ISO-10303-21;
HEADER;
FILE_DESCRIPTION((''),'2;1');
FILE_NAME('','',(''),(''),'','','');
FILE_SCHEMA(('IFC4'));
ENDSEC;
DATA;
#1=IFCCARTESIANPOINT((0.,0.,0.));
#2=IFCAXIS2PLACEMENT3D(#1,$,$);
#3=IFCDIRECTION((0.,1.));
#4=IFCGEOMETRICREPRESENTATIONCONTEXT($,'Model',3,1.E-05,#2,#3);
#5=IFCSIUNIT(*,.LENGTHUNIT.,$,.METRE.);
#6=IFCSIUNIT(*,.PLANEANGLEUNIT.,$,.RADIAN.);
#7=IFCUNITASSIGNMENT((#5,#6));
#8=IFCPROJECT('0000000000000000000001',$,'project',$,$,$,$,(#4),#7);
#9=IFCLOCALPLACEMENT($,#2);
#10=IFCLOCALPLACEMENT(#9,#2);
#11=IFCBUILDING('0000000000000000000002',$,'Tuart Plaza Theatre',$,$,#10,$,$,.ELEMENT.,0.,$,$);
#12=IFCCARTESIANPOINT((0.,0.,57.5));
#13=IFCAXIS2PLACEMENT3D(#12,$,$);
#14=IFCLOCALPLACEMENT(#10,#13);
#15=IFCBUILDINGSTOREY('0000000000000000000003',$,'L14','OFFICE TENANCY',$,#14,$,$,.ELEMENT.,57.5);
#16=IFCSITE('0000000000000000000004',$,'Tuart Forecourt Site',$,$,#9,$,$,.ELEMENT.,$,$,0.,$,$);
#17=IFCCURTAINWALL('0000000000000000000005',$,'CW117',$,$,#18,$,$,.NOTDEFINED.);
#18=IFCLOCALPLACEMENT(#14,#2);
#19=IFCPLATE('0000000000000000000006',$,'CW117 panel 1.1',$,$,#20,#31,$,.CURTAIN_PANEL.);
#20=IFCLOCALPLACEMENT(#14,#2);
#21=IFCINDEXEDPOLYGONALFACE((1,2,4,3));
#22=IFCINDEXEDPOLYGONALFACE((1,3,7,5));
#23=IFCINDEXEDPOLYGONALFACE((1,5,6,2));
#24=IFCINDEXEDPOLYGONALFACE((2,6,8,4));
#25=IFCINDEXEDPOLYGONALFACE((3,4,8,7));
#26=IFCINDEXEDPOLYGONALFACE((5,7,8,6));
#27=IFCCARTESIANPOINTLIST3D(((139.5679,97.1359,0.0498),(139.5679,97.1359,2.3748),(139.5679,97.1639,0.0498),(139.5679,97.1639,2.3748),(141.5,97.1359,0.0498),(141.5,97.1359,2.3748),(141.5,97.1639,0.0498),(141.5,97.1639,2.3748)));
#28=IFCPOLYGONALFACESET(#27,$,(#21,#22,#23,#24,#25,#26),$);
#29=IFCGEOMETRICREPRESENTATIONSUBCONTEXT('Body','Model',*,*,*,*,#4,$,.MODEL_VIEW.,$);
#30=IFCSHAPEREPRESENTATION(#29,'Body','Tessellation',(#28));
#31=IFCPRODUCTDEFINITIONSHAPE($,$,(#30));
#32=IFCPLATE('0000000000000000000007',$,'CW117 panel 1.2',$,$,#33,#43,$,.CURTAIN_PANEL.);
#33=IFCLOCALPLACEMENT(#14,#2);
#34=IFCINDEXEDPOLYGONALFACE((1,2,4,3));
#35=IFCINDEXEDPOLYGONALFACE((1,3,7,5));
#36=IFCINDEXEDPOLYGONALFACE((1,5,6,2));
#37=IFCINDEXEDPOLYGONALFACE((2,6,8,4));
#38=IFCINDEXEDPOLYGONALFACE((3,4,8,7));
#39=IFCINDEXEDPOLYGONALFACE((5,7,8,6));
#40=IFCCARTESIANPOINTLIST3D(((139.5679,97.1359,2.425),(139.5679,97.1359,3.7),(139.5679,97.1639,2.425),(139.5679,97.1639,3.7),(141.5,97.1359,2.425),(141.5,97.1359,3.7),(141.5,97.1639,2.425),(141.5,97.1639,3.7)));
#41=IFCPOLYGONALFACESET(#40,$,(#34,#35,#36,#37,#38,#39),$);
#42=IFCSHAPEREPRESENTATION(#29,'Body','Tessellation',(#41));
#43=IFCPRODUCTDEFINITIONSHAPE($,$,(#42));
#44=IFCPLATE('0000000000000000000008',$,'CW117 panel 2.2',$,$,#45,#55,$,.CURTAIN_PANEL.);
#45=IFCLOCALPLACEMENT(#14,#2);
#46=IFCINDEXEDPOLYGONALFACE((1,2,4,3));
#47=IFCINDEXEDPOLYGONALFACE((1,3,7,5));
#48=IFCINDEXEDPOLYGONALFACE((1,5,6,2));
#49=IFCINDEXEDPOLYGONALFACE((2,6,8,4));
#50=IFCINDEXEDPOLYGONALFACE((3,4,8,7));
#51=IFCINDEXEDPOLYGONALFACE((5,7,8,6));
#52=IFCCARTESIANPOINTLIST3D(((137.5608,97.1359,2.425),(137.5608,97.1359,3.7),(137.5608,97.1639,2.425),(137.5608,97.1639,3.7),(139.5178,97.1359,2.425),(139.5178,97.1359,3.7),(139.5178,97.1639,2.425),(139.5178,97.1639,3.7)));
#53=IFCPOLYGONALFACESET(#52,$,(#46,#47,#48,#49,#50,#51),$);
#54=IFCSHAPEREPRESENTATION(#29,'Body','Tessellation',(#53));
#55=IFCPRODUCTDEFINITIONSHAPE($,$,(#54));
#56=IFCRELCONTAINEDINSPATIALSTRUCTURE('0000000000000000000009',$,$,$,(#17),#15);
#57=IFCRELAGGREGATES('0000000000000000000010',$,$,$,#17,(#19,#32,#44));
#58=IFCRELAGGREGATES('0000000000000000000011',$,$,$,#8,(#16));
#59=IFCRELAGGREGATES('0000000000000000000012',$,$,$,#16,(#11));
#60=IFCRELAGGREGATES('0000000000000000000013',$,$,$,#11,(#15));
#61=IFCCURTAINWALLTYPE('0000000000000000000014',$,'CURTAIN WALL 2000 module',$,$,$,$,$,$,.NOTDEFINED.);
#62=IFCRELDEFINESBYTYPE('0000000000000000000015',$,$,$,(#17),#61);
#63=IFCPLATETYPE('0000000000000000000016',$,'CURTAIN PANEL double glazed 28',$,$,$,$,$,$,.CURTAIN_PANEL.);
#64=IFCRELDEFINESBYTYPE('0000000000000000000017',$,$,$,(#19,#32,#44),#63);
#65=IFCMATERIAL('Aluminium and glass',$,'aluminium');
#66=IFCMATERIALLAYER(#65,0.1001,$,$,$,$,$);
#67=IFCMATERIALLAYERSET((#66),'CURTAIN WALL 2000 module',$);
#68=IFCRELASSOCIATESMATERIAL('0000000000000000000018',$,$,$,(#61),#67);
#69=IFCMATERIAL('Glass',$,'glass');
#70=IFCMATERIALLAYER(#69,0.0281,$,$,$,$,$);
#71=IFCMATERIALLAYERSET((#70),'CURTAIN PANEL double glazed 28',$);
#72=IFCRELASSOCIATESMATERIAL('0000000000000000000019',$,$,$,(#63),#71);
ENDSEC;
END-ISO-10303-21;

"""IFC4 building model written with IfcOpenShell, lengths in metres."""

from ifc_helpers import new_model, si_unit, direction, frame, origin, origin_2d, place, context, subcontext, project, spatial, rectangle, extrude, material, layer, layer_set, type_object, element, aggregate, save


model = new_model("IFC4")

# Units and contexts
model_context = context("Model", 3, precision=1e-05, world=origin(), true_north=direction((0.0, 1.0)))
body_context = subcontext(model_context, "Body", "Model", "MODEL_VIEW")
ifc_project = project(units=[si_unit("LENGTHUNIT", "METRE"), si_unit("PLANEANGLEUNIT", "RADIAN")], contexts=[model_context])

# Site, building, storey
site_placement = place(None, origin())
site = spatial("IfcSite", under=ifc_project, at=site_placement, Name="Tuart Forecourt Site", CompositionType="ELEMENT", RefElevation=0.0)
building_placement = place(site_placement, origin())
building = spatial("IfcBuilding", under=site, at=building_placement, Name="Tuart Plaza Theatre", CompositionType="ELEMENT", ElevationOfRefHeight=0.0)
storey_placement = place(building_placement, frame((0.0, 0.0, 57.5)))
storey = spatial("IfcBuildingStorey", under=building, at=storey_placement, Name="L14", Description="OFFICE TENANCY", CompositionType="ELEMENT", Elevation=57.5)

# Curtain wall
ifc_material_1 = material(Name="Aluminium and glass", Category="aluminium")
ifc_layer_1 = layer(ifc_material_1, 0.1001)
ifc_layer_set_1 = layer_set([ifc_layer_1], Name="CURTAIN WALL 2000 module")
curtain_wall_type = type_object("IfcCurtainWallType", Name="CURTAIN WALL 2000 module", PredefinedType="NOTDEFINED", material=ifc_layer_set_1)
curtain_wall_1_placement = place(storey_placement, origin())
curtain_wall_1 = element("IfcCurtainWall", 1, at=curtain_wall_1_placement, inside=storey, type_object=curtain_wall_type, Name="CW117", PredefinedType="NOTDEFINED")

# Plates
ifc_material_2 = material(Name="Glass", Category="glass")
ifc_layer_2 = layer(ifc_material_2, 0.0281)
ifc_layer_set_2 = layer_set([ifc_layer_2], Name="CURTAIN PANEL double glazed 28")
plate_type = type_object("IfcPlateType", Name="CURTAIN PANEL double glazed 28", PredefinedType="CURTAIN_PANEL", material=ifc_layer_set_2)
plate_1_placement = place(storey_placement, frame((140.5339, 97.1499, 0.0498), z_axis=(0.0, 0.0, 1.0), x_axis=(-1.0, 0.0, 0.0)))
plate_1 = element("IfcPlate", 2, at=plate_1_placement, type_object=plate_type, Name="CW117 panel 1.1", PredefinedType="CURTAIN_PANEL", context=body_context, shape_type="SweptSolid", body=[
    extrude(rectangle(XDim=1.9321, YDim=0.0281, at=origin_2d()), origin(), (0.0, 0.0, 1.0), 2.325),
])
plate_2_placement = place(storey_placement, frame((140.5339, 97.1499, 2.425), z_axis=(0.0, 0.0, 1.0), x_axis=(-1.0, 0.0, 0.0)))
plate_2 = element("IfcPlate", 3, at=plate_2_placement, type_object=plate_type, Name="CW117 panel 1.2", PredefinedType="CURTAIN_PANEL", context=body_context, shape_type="SweptSolid", body=[
    extrude(rectangle(XDim=1.9321, YDim=0.0281, at=origin_2d()), origin(), (0.0, 0.0, 1.0), 1.2749),
])
plate_3_placement = place(storey_placement, frame((138.5393, 97.1499, 2.425), z_axis=(0.0, 0.0, 1.0), x_axis=(-1.0, 0.0, 0.0)))
plate_3 = element("IfcPlate", 4, at=plate_3_placement, type_object=plate_type, Name="CW117 panel 2.2", PredefinedType="CURTAIN_PANEL", context=body_context, shape_type="SweptSolid", body=[
    extrude(rectangle(XDim=1.957, YDim=0.0281, at=origin_2d()), origin(), (0.0, 0.0, 1.0), 1.2749),
])
aggregate(curtain_wall_1, [plate_1, plate_2, plate_3])

save(model, "model.ifc")
